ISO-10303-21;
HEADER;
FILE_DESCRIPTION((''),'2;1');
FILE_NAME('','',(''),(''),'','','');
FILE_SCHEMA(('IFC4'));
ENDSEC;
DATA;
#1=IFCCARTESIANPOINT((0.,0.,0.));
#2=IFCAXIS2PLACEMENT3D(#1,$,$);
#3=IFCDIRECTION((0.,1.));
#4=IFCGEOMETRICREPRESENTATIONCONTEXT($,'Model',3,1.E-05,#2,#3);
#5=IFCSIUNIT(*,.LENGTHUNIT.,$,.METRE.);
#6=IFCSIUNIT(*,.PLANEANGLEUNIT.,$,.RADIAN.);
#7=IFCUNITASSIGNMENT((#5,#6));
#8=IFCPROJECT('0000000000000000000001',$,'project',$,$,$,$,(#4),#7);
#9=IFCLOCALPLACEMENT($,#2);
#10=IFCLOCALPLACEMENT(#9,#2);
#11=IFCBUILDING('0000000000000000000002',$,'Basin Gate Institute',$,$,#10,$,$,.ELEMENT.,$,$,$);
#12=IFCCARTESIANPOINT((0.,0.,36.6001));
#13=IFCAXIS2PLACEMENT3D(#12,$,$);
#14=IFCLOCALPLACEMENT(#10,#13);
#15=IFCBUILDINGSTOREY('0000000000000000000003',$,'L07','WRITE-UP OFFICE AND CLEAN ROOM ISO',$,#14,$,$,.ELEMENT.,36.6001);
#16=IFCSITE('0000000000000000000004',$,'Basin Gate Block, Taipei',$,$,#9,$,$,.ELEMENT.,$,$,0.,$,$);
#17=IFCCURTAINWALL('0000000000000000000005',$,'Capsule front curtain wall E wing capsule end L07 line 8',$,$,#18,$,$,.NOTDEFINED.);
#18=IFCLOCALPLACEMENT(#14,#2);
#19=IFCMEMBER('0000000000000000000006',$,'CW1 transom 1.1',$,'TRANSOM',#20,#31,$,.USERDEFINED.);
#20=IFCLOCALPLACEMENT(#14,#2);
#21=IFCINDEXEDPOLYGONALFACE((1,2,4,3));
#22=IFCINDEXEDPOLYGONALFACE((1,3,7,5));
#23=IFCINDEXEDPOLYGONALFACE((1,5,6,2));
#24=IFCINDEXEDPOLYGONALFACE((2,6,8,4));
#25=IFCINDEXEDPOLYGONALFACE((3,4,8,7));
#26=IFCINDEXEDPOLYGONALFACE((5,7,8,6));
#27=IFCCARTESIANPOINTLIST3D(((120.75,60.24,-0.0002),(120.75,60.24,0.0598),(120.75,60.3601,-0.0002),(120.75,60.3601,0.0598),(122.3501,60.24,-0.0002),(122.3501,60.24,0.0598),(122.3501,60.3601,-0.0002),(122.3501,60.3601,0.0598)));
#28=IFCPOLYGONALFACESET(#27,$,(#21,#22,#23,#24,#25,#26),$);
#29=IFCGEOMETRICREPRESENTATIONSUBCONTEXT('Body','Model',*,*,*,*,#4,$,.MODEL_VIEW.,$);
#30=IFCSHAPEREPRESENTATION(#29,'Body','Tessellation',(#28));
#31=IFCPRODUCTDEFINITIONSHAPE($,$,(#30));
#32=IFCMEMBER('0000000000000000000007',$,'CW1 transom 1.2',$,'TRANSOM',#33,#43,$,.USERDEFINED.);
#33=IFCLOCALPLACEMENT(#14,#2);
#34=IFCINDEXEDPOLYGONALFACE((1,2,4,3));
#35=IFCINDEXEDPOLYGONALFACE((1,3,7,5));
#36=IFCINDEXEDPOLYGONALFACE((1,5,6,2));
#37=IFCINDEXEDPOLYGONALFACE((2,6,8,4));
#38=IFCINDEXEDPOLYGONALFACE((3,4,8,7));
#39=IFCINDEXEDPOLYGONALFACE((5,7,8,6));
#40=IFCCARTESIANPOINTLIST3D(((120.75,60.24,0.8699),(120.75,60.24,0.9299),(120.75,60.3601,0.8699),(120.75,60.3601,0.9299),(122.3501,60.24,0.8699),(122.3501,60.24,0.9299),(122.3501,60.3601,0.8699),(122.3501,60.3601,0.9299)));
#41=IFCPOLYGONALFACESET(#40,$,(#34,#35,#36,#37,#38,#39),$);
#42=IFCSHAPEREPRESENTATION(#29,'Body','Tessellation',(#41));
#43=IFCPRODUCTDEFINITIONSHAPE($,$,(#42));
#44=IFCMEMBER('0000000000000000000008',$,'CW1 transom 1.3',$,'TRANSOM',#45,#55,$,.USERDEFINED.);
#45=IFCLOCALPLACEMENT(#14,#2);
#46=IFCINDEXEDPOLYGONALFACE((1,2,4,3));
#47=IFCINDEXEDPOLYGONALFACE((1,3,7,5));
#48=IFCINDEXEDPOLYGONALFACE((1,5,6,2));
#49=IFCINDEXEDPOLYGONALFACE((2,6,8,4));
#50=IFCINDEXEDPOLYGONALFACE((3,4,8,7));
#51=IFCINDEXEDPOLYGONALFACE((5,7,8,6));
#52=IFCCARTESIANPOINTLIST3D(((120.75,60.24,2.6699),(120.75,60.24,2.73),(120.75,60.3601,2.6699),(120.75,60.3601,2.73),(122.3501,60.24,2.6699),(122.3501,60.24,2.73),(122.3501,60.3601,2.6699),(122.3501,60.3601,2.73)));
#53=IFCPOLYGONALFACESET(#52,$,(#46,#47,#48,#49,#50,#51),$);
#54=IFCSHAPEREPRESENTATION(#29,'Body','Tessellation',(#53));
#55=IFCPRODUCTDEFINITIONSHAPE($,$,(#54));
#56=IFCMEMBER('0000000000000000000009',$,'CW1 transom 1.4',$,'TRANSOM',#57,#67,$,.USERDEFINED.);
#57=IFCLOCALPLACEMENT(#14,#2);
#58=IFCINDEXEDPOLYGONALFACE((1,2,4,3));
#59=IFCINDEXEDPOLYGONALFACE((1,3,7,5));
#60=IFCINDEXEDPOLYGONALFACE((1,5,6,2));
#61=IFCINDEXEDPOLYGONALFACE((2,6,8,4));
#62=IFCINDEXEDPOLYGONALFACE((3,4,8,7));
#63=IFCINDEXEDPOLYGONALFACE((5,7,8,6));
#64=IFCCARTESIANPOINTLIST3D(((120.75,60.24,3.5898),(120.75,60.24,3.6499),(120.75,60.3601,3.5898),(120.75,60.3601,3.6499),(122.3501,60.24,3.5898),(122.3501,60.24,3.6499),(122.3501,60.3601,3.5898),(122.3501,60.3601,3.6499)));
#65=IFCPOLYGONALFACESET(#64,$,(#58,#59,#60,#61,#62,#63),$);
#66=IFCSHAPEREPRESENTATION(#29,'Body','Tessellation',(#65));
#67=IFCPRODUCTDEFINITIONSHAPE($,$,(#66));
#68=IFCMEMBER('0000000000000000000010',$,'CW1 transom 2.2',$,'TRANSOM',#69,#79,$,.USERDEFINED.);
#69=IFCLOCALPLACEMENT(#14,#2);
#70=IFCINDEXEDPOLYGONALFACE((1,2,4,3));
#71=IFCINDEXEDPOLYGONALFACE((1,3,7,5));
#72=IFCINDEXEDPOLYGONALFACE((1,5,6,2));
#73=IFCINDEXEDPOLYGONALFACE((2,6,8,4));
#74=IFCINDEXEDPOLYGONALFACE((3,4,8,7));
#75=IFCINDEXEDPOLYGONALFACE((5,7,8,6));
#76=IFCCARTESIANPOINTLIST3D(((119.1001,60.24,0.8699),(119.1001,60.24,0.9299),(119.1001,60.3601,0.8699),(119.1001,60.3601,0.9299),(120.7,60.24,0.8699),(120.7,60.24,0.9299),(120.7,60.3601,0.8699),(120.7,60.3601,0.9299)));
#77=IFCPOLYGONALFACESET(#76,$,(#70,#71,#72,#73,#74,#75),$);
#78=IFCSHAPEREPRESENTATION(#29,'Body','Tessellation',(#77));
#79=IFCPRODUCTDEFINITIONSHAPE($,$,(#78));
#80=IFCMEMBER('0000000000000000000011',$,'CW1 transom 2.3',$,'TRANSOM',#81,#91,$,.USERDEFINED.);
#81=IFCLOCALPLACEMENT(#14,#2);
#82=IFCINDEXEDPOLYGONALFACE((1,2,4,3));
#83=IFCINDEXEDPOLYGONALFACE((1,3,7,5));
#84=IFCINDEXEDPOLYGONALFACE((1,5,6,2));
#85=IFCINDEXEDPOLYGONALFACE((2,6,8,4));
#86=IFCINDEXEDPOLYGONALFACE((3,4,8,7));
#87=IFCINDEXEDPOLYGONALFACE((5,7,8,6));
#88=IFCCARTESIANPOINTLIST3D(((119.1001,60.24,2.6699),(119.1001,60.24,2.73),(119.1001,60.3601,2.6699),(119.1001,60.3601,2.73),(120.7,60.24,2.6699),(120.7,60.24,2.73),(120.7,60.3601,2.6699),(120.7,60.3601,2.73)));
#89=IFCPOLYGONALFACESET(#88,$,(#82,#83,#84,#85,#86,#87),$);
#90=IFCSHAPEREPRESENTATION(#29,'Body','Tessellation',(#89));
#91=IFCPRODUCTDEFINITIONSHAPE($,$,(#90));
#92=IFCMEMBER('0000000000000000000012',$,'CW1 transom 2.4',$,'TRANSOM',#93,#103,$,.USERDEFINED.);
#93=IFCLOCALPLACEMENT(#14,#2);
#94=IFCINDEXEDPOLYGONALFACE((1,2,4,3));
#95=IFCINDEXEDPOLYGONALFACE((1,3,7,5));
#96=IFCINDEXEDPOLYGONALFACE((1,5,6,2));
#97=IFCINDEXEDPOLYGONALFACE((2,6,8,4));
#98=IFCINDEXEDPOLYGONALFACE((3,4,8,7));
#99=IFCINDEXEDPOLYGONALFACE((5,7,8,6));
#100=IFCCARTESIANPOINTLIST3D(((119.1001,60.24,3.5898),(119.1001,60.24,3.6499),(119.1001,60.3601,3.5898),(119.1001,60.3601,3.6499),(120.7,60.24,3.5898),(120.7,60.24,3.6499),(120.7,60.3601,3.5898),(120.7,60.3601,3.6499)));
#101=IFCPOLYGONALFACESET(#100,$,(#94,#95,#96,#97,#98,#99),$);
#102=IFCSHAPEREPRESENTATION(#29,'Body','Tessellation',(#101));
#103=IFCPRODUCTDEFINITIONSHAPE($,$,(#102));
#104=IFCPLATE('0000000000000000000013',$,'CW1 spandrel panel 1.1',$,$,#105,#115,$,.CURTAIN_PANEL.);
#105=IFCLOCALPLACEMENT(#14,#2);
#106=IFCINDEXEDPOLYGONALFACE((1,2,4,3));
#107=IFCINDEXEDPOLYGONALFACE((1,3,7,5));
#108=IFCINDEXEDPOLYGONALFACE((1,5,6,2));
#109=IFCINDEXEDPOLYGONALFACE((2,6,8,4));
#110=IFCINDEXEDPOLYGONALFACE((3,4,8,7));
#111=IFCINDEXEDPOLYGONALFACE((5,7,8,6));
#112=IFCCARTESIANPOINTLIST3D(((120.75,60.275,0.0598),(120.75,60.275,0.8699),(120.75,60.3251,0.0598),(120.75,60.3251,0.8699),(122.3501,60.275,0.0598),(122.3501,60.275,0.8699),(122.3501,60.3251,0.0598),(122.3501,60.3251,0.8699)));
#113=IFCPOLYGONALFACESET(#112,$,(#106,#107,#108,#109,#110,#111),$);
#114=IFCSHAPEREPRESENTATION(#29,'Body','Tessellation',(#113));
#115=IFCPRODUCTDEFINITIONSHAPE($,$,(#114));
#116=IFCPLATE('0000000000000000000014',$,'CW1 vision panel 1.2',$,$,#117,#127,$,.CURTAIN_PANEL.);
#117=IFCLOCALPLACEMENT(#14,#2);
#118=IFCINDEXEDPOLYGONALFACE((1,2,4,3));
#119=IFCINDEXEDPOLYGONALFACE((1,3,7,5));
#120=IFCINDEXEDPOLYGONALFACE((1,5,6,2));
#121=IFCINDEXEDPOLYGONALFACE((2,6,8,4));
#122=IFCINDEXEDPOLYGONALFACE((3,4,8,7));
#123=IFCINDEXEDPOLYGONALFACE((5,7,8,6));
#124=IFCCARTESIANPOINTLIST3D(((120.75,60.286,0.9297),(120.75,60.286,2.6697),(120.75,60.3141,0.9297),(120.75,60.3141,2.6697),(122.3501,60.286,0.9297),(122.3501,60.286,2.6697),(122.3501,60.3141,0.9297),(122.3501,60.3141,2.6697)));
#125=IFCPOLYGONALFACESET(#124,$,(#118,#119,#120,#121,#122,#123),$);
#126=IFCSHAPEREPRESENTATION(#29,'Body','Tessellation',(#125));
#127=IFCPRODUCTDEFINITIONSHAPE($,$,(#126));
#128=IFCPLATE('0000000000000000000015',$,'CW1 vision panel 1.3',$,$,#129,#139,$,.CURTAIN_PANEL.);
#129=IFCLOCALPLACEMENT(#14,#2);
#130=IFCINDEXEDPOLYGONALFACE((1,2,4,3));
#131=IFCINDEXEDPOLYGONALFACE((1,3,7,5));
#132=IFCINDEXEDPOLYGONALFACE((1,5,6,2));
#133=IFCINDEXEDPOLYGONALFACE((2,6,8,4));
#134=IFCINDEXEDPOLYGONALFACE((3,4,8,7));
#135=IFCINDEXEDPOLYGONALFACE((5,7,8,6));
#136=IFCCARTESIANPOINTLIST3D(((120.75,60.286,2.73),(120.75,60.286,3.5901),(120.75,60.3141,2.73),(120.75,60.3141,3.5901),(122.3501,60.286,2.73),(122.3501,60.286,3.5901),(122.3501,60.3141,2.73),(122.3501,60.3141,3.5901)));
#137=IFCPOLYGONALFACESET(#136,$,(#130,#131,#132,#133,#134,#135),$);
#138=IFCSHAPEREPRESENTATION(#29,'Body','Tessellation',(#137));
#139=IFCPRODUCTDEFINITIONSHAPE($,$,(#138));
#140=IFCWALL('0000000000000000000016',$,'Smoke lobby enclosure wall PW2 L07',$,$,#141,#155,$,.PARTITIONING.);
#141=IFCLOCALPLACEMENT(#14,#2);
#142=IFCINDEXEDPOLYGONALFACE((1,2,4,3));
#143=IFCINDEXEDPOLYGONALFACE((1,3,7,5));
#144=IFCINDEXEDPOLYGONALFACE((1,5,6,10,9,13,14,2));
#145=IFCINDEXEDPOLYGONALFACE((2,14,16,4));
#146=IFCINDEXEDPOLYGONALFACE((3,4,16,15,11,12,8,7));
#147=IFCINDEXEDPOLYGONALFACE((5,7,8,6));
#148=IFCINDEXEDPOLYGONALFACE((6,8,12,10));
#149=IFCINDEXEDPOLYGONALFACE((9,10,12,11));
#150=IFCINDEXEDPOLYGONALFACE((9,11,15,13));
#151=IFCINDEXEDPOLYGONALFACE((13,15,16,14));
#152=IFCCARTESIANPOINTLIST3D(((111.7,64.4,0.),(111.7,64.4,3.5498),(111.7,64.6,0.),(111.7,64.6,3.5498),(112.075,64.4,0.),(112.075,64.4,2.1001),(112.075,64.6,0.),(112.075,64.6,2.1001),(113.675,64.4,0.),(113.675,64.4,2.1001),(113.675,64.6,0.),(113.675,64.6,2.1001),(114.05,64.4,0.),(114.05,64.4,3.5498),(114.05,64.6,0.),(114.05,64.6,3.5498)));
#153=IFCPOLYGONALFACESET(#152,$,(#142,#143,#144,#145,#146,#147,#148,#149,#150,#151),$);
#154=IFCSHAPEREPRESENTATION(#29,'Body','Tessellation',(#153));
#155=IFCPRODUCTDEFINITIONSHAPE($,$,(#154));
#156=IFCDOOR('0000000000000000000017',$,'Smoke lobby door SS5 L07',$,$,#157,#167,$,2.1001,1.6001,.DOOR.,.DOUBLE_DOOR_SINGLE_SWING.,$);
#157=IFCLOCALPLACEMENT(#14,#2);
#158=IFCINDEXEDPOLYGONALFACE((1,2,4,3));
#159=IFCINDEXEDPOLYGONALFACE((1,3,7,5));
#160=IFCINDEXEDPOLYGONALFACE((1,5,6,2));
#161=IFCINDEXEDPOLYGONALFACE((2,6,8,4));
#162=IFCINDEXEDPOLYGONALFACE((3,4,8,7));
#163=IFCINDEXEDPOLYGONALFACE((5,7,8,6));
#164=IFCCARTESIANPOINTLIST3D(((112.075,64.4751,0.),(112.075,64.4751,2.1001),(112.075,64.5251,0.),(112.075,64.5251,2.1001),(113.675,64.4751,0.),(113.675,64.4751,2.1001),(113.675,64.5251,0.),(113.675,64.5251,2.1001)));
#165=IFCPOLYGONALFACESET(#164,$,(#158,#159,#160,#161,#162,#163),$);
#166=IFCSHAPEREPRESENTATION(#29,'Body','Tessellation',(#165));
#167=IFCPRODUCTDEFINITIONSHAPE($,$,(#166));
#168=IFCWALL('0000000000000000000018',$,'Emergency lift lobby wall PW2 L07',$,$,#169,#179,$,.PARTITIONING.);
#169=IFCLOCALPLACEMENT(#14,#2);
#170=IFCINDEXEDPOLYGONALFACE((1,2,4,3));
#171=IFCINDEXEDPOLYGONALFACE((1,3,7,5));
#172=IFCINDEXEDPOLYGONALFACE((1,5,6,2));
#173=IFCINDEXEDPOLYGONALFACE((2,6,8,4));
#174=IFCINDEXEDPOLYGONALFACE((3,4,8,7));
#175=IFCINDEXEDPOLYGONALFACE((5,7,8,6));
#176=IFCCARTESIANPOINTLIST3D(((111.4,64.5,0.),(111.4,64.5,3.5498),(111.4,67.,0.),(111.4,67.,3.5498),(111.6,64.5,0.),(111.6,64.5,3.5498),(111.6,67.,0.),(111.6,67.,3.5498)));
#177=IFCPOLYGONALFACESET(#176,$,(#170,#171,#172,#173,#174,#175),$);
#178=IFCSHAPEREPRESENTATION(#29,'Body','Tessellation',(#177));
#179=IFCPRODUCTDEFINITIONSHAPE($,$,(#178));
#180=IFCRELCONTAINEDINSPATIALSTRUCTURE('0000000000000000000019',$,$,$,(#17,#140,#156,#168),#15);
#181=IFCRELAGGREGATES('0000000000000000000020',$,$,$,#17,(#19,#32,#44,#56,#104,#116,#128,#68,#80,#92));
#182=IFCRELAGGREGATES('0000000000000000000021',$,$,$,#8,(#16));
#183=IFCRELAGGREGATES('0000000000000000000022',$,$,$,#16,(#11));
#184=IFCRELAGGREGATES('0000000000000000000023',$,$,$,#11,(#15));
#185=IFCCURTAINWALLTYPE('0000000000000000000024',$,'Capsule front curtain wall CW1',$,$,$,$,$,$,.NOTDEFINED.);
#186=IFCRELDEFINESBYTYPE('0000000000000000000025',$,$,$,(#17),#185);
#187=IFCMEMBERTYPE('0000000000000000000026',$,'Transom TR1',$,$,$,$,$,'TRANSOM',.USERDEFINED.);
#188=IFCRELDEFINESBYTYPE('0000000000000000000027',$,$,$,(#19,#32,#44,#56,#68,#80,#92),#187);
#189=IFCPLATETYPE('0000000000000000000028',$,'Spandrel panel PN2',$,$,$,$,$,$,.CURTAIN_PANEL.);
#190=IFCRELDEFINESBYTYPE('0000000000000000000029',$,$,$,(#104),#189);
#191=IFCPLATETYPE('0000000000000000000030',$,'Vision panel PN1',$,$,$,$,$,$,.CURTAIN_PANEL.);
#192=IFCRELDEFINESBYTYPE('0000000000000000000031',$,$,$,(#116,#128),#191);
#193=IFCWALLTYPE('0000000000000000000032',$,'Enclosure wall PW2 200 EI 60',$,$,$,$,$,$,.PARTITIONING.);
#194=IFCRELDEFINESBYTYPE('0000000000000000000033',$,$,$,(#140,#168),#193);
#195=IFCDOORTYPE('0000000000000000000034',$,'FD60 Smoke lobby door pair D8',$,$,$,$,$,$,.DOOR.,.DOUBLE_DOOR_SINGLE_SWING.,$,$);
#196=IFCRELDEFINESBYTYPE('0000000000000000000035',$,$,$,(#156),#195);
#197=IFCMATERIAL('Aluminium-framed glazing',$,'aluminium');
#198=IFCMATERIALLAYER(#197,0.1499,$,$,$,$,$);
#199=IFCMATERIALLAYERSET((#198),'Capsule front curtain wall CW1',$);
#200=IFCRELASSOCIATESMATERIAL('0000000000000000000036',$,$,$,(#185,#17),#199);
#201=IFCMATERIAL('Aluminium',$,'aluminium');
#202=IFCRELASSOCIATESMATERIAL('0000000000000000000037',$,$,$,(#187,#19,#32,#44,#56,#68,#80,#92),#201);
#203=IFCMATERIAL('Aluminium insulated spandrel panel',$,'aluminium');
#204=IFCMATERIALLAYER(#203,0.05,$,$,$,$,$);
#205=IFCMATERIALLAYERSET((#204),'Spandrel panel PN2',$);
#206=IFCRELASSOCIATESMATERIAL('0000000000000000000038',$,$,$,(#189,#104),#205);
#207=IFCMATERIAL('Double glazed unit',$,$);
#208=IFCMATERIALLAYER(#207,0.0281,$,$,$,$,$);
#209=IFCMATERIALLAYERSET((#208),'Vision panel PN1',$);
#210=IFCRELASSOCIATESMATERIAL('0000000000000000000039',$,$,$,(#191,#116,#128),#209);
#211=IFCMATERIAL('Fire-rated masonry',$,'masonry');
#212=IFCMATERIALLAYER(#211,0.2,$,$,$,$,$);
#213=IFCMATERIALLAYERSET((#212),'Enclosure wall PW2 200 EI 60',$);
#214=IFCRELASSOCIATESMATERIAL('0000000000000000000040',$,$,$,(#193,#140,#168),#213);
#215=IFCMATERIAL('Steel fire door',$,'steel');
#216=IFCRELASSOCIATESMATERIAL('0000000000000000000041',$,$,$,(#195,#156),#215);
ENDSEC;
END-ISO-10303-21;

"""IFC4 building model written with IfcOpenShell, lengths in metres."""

from ifc_helpers import new_model, si_unit, direction, frame, frame_2d, origin, origin_2d, place, context, subcontext, project, spatial, rectangle, extrude, material, layer, layer_set, material_profile, profile_set, type_object, element, fill, aggregate, save


model = new_model("IFC4")

# Units and contexts
model_context = context("Model", 3, precision=1e-05, world=origin(), true_north=direction((0.0, 1.0)))
body_context = subcontext(model_context, "Body", "Model", "MODEL_VIEW")
ifc_project = project(units=[si_unit("LENGTHUNIT", "METRE"), si_unit("PLANEANGLEUNIT", "RADIAN")], contexts=[model_context])

# Site, building, storey
site_placement = place(None, origin())
site = spatial("IfcSite", under=ifc_project, at=site_placement, Name="Basin Gate Block, Taipei", CompositionType="ELEMENT", RefElevation=0.0)
building_placement = place(site_placement, origin())
building = spatial("IfcBuilding", under=site, at=building_placement, Name="Basin Gate Institute", CompositionType="ELEMENT")
storey_placement = place(building_placement, frame((0.0, 0.0, 36.6001)))
storey = spatial("IfcBuildingStorey", under=building, at=storey_placement, Name="L07", Description="WRITE-UP OFFICE AND CLEAN ROOM ISO", CompositionType="ELEMENT", Elevation=36.6001)

# Curtain wall
ifc_material_1 = material(Name="Aluminium-framed glazing", Category="aluminium")
ifc_layer_1 = layer(ifc_material_1, 0.1499)
ifc_layer_set_1 = layer_set([ifc_layer_1], Name="Capsule front curtain wall CW1")
curtain_wall_type = type_object("IfcCurtainWallType", Name="Capsule front curtain wall CW1", PredefinedType="NOTDEFINED", material=ifc_layer_set_1)
curtain_wall_1_placement = place(storey_placement, origin())
curtain_wall_1 = element("IfcCurtainWall", 1, at=curtain_wall_1_placement, inside=storey, type_object=curtain_wall_type, material=ifc_layer_set_1, Name="Capsule front curtain wall E wing capsule end L07 line 8", PredefinedType="NOTDEFINED")

# Members
ifc_material_2 = material(Name="Aluminium", Category="aluminium")
ifc_material_profile_1 = material_profile(ifc_material_2, rectangle(XDim=0.1201, YDim=0.0601, at=origin_2d()), Name="Transom TR1 120 x 60")
ifc_profile_set_1 = profile_set([ifc_material_profile_1], Name="Aluminium")
member_type_1 = type_object("IfcMemberType", Name="Transom TR1", ElementType="TRANSOM", PredefinedType="USERDEFINED", material=ifc_profile_set_1)
member_1_placement = place(storey_placement, frame((122.3501, 60.3, 0.0298), z_axis=(-1.0, 0.0, 0.0), x_axis=(0.0, -1.0, 0.0)))
member_1 = element("IfcMember", 2, at=member_1_placement, type_object=member_type_1, material=ifc_profile_set_1, Name="CW1 transom 1.1", ObjectType="TRANSOM", PredefinedType="USERDEFINED", context=body_context, shape_type="SweptSolid", body=[
    extrude(rectangle(XDim=0.1201, YDim=0.0601, at=origin_2d()), origin(), (0.0, 0.0, 1.0), 1.6001),
])
member_2_placement = place(storey_placement, frame((122.3501, 60.3, 0.8999), z_axis=(-1.0, 0.0, 0.0), x_axis=(0.0, -1.0, 0.0)))
member_2 = element("IfcMember", 3, at=member_2_placement, type_object=member_type_1, material=ifc_profile_set_1, Name="CW1 transom 1.2", ObjectType="TRANSOM", PredefinedType="USERDEFINED", context=body_context, shape_type="SweptSolid", body=[
    extrude(rectangle(XDim=0.1201, YDim=0.0601, at=origin_2d()), origin(), (0.0, 0.0, 1.0), 1.6001),
])
member_3_placement = place(storey_placement, frame((122.3501, 60.3, 2.7), z_axis=(-1.0, 0.0, 0.0), x_axis=(0.0, -1.0, 0.0)))
member_3 = element("IfcMember", 4, at=member_3_placement, type_object=member_type_1, material=ifc_profile_set_1, Name="CW1 transom 1.3", ObjectType="TRANSOM", PredefinedType="USERDEFINED", context=body_context, shape_type="SweptSolid", body=[
    extrude(rectangle(XDim=0.1201, YDim=0.0601, at=origin_2d()), origin(), (0.0, 0.0, 1.0), 1.6001),
])
member_4_placement = place(storey_placement, frame((122.3501, 60.3, 3.6199), z_axis=(-1.0, 0.0, 0.0), x_axis=(0.0, -1.0, 0.0)))
member_4 = element("IfcMember", 5, at=member_4_placement, type_object=member_type_1, material=ifc_profile_set_1, Name="CW1 transom 1.4", ObjectType="TRANSOM", PredefinedType="USERDEFINED", context=body_context, shape_type="SweptSolid", body=[
    extrude(rectangle(XDim=0.1201, YDim=0.0601, at=origin_2d()), origin(), (0.0, 0.0, 1.0), 1.6001),
])
member_5_placement = place(storey_placement, frame((120.7, 60.3, 0.8999), z_axis=(-1.0, 0.0, 0.0), x_axis=(0.0, -1.0, 0.0)))
member_5 = element("IfcMember", 6, at=member_5_placement, type_object=member_type_1, material=ifc_profile_set_1, Name="CW1 transom 2.2", ObjectType="TRANSOM", PredefinedType="USERDEFINED", context=body_context, shape_type="SweptSolid", body=[
    extrude(rectangle(XDim=0.1201, YDim=0.0601, at=origin_2d()), origin(), (0.0, 0.0, 1.0), 1.5999),
])
member_6_placement = place(storey_placement, frame((120.7, 60.3, 2.7), z_axis=(-1.0, 0.0, 0.0), x_axis=(0.0, -1.0, 0.0)))
member_6 = element("IfcMember", 7, at=member_6_placement, type_object=member_type_1, material=ifc_profile_set_1, Name="CW1 transom 2.3", ObjectType="TRANSOM", PredefinedType="USERDEFINED", context=body_context, shape_type="SweptSolid", body=[
    extrude(rectangle(XDim=0.1201, YDim=0.0601, at=origin_2d()), origin(), (0.0, 0.0, 1.0), 1.5999),
])
member_7_placement = place(storey_placement, frame((120.7, 60.3, 3.6199), z_axis=(-1.0, 0.0, 0.0), x_axis=(0.0, -1.0, 0.0)))
member_7 = element("IfcMember", 8, at=member_7_placement, type_object=member_type_1, material=ifc_profile_set_1, Name="CW1 transom 2.4", ObjectType="TRANSOM", PredefinedType="USERDEFINED", context=body_context, shape_type="SweptSolid", body=[
    extrude(rectangle(XDim=0.1201, YDim=0.0601, at=origin_2d()), origin(), (0.0, 0.0, 1.0), 1.5999),
])

# Plates
ifc_material_3 = material(Name="Aluminium insulated spandrel panel", Category="aluminium")
ifc_layer_2 = layer(ifc_material_3, 0.05)
ifc_layer_set_2 = layer_set([ifc_layer_2], Name="Spandrel panel PN2")
plate_type_1 = type_object("IfcPlateType", Name="Spandrel panel PN2", PredefinedType="CURTAIN_PANEL", material=ifc_layer_set_2)
plate_1_placement = place(storey_placement, frame((121.55, 60.3, 0.0598), z_axis=(0.0, 0.0, 1.0), x_axis=(-1.0, 0.0, 0.0)))
plate_1 = element("IfcPlate", 9, at=plate_1_placement, type_object=plate_type_1, material=ifc_layer_set_2, Name="CW1 spandrel panel 1.1", PredefinedType="CURTAIN_PANEL", context=body_context, shape_type="SweptSolid", body=[
    extrude(rectangle(XDim=1.6001, YDim=0.05, at=origin_2d()), origin(), (0.0, 0.0, 1.0), 0.8101),
])
ifc_material_4 = material(Name="Double glazed unit")
ifc_layer_3 = layer(ifc_material_4, 0.0281)
ifc_layer_set_3 = layer_set([ifc_layer_3], Name="Vision panel PN1")
plate_type_2 = type_object("IfcPlateType", Name="Vision panel PN1", PredefinedType="CURTAIN_PANEL", material=ifc_layer_set_3)
plate_2_placement = place(storey_placement, frame((121.55, 60.3, 0.9297), z_axis=(0.0, 0.0, 1.0), x_axis=(-1.0, 0.0, 0.0)))
plate_2 = element("IfcPlate", 10, at=plate_2_placement, type_object=plate_type_2, material=ifc_layer_set_3, Name="CW1 vision panel 1.2", PredefinedType="CURTAIN_PANEL", context=body_context, shape_type="SweptSolid", body=[
    extrude(rectangle(XDim=1.6001, YDim=0.0281, at=origin_2d()), origin(), (0.0, 0.0, 1.0), 1.74),
])
plate_3_placement = place(storey_placement, frame((121.55, 60.3, 2.73), z_axis=(0.0, 0.0, 1.0), x_axis=(-1.0, 0.0, 0.0)))
plate_3 = element("IfcPlate", 11, at=plate_3_placement, type_object=plate_type_2, material=ifc_layer_set_3, Name="CW1 vision panel 1.3", PredefinedType="CURTAIN_PANEL", context=body_context, shape_type="SweptSolid", body=[
    extrude(rectangle(XDim=1.6001, YDim=0.0281, at=origin_2d()), origin(), (0.0, 0.0, 1.0), 0.8601),
])
aggregate(curtain_wall_1, [member_1, member_2, member_3, member_4, plate_1, plate_2, plate_3, member_5, member_6, member_7])

# Wall, opening, door
ifc_material_5 = material(Name="Fire-rated masonry", Category="masonry")
ifc_layer_4 = layer(ifc_material_5, 0.2)
ifc_layer_set_4 = layer_set([ifc_layer_4], Name="Enclosure wall PW2 200 EI 60")
wall_type = type_object("IfcWallType", Name="Enclosure wall PW2 200 EI 60", PredefinedType="PARTITIONING", material=ifc_layer_set_4)
wall_1_placement = place(storey_placement, frame((114.05, 64.5, 0.0), z_axis=(0.0, 0.0, 1.0), x_axis=(-1.0, 0.0, 0.0)))
wall_1 = element("IfcWall", 12, at=wall_1_placement, inside=storey, type_object=wall_type, material=ifc_layer_set_4, Name="Smoke lobby enclosure wall PW2 L07", PredefinedType="PARTITIONING", context=body_context, shape_type="SweptSolid", body=[
    extrude(rectangle(XDim=2.3501, YDim=0.2, at=frame_2d((1.175, 0.0))), origin(), (0.0, 0.0, 1.0), 3.5498),
])
opening_placement = place(wall_1_placement, frame((0.375, 0.0, 0.0)))
opening = element("IfcOpeningElement", 13, at=opening_placement, cuts=wall_1, PredefinedType="OPENING", context=body_context, shape_type="SweptSolid", body=[
    extrude(rectangle(XDim=1.6001, YDim=2.1001, at=frame_2d((0.8, 1.05))), frame((0.0, 0.1099, 0.0), z_axis=(0.0, -1.0, 0.0), x_axis=(1.0, 0.0, 0.0)), (0.0, 0.0, 1.0), 0.22),
])
ifc_material_6 = material(Name="Steel fire door", Category="steel")
door_type = type_object("IfcDoorType", Name="FD60 Smoke lobby door pair D8", OperationType="DOUBLE_DOOR_SINGLE_SWING", PredefinedType="DOOR", material=ifc_material_6)
door_placement = place(opening_placement, origin())
door = element("IfcDoor", 14, at=door_placement, inside=storey, type_object=door_type, material=ifc_material_6, Name="Smoke lobby door SS5 L07", OperationType="DOUBLE_DOOR_SINGLE_SWING", OverallHeight=2.1001, OverallWidth=1.6001, PredefinedType="DOOR", context=body_context, shape_type="SweptSolid", body=[
    extrude(rectangle(XDim=1.6001, YDim=2.1001, at=frame_2d((0.8, 1.05))), frame((0.0, 0.0249, 0.0), z_axis=(0.0, -1.0, 0.0), x_axis=(1.0, 0.0, 0.0)), (0.0, 0.0, 1.0), 0.05),
])
fill(opening, door)

# Wall
wall_2_placement = place(storey_placement, frame((111.5, 64.5, 0.0), z_axis=(0.0, 0.0, 1.0), x_axis=(0.0, 1.0, 0.0)))
element("IfcWall", 15, at=wall_2_placement, inside=storey, type_object=wall_type, material=ifc_layer_set_4, Name="Emergency lift lobby wall PW2 L07", PredefinedType="PARTITIONING", context=body_context, shape_type="SweptSolid", body=[
    extrude(rectangle(XDim=2.5, YDim=0.2, at=frame_2d((1.25, 0.0))), origin(), (0.0, 0.0, 1.0), 3.5498),
])

save(model, "model.ifc")
